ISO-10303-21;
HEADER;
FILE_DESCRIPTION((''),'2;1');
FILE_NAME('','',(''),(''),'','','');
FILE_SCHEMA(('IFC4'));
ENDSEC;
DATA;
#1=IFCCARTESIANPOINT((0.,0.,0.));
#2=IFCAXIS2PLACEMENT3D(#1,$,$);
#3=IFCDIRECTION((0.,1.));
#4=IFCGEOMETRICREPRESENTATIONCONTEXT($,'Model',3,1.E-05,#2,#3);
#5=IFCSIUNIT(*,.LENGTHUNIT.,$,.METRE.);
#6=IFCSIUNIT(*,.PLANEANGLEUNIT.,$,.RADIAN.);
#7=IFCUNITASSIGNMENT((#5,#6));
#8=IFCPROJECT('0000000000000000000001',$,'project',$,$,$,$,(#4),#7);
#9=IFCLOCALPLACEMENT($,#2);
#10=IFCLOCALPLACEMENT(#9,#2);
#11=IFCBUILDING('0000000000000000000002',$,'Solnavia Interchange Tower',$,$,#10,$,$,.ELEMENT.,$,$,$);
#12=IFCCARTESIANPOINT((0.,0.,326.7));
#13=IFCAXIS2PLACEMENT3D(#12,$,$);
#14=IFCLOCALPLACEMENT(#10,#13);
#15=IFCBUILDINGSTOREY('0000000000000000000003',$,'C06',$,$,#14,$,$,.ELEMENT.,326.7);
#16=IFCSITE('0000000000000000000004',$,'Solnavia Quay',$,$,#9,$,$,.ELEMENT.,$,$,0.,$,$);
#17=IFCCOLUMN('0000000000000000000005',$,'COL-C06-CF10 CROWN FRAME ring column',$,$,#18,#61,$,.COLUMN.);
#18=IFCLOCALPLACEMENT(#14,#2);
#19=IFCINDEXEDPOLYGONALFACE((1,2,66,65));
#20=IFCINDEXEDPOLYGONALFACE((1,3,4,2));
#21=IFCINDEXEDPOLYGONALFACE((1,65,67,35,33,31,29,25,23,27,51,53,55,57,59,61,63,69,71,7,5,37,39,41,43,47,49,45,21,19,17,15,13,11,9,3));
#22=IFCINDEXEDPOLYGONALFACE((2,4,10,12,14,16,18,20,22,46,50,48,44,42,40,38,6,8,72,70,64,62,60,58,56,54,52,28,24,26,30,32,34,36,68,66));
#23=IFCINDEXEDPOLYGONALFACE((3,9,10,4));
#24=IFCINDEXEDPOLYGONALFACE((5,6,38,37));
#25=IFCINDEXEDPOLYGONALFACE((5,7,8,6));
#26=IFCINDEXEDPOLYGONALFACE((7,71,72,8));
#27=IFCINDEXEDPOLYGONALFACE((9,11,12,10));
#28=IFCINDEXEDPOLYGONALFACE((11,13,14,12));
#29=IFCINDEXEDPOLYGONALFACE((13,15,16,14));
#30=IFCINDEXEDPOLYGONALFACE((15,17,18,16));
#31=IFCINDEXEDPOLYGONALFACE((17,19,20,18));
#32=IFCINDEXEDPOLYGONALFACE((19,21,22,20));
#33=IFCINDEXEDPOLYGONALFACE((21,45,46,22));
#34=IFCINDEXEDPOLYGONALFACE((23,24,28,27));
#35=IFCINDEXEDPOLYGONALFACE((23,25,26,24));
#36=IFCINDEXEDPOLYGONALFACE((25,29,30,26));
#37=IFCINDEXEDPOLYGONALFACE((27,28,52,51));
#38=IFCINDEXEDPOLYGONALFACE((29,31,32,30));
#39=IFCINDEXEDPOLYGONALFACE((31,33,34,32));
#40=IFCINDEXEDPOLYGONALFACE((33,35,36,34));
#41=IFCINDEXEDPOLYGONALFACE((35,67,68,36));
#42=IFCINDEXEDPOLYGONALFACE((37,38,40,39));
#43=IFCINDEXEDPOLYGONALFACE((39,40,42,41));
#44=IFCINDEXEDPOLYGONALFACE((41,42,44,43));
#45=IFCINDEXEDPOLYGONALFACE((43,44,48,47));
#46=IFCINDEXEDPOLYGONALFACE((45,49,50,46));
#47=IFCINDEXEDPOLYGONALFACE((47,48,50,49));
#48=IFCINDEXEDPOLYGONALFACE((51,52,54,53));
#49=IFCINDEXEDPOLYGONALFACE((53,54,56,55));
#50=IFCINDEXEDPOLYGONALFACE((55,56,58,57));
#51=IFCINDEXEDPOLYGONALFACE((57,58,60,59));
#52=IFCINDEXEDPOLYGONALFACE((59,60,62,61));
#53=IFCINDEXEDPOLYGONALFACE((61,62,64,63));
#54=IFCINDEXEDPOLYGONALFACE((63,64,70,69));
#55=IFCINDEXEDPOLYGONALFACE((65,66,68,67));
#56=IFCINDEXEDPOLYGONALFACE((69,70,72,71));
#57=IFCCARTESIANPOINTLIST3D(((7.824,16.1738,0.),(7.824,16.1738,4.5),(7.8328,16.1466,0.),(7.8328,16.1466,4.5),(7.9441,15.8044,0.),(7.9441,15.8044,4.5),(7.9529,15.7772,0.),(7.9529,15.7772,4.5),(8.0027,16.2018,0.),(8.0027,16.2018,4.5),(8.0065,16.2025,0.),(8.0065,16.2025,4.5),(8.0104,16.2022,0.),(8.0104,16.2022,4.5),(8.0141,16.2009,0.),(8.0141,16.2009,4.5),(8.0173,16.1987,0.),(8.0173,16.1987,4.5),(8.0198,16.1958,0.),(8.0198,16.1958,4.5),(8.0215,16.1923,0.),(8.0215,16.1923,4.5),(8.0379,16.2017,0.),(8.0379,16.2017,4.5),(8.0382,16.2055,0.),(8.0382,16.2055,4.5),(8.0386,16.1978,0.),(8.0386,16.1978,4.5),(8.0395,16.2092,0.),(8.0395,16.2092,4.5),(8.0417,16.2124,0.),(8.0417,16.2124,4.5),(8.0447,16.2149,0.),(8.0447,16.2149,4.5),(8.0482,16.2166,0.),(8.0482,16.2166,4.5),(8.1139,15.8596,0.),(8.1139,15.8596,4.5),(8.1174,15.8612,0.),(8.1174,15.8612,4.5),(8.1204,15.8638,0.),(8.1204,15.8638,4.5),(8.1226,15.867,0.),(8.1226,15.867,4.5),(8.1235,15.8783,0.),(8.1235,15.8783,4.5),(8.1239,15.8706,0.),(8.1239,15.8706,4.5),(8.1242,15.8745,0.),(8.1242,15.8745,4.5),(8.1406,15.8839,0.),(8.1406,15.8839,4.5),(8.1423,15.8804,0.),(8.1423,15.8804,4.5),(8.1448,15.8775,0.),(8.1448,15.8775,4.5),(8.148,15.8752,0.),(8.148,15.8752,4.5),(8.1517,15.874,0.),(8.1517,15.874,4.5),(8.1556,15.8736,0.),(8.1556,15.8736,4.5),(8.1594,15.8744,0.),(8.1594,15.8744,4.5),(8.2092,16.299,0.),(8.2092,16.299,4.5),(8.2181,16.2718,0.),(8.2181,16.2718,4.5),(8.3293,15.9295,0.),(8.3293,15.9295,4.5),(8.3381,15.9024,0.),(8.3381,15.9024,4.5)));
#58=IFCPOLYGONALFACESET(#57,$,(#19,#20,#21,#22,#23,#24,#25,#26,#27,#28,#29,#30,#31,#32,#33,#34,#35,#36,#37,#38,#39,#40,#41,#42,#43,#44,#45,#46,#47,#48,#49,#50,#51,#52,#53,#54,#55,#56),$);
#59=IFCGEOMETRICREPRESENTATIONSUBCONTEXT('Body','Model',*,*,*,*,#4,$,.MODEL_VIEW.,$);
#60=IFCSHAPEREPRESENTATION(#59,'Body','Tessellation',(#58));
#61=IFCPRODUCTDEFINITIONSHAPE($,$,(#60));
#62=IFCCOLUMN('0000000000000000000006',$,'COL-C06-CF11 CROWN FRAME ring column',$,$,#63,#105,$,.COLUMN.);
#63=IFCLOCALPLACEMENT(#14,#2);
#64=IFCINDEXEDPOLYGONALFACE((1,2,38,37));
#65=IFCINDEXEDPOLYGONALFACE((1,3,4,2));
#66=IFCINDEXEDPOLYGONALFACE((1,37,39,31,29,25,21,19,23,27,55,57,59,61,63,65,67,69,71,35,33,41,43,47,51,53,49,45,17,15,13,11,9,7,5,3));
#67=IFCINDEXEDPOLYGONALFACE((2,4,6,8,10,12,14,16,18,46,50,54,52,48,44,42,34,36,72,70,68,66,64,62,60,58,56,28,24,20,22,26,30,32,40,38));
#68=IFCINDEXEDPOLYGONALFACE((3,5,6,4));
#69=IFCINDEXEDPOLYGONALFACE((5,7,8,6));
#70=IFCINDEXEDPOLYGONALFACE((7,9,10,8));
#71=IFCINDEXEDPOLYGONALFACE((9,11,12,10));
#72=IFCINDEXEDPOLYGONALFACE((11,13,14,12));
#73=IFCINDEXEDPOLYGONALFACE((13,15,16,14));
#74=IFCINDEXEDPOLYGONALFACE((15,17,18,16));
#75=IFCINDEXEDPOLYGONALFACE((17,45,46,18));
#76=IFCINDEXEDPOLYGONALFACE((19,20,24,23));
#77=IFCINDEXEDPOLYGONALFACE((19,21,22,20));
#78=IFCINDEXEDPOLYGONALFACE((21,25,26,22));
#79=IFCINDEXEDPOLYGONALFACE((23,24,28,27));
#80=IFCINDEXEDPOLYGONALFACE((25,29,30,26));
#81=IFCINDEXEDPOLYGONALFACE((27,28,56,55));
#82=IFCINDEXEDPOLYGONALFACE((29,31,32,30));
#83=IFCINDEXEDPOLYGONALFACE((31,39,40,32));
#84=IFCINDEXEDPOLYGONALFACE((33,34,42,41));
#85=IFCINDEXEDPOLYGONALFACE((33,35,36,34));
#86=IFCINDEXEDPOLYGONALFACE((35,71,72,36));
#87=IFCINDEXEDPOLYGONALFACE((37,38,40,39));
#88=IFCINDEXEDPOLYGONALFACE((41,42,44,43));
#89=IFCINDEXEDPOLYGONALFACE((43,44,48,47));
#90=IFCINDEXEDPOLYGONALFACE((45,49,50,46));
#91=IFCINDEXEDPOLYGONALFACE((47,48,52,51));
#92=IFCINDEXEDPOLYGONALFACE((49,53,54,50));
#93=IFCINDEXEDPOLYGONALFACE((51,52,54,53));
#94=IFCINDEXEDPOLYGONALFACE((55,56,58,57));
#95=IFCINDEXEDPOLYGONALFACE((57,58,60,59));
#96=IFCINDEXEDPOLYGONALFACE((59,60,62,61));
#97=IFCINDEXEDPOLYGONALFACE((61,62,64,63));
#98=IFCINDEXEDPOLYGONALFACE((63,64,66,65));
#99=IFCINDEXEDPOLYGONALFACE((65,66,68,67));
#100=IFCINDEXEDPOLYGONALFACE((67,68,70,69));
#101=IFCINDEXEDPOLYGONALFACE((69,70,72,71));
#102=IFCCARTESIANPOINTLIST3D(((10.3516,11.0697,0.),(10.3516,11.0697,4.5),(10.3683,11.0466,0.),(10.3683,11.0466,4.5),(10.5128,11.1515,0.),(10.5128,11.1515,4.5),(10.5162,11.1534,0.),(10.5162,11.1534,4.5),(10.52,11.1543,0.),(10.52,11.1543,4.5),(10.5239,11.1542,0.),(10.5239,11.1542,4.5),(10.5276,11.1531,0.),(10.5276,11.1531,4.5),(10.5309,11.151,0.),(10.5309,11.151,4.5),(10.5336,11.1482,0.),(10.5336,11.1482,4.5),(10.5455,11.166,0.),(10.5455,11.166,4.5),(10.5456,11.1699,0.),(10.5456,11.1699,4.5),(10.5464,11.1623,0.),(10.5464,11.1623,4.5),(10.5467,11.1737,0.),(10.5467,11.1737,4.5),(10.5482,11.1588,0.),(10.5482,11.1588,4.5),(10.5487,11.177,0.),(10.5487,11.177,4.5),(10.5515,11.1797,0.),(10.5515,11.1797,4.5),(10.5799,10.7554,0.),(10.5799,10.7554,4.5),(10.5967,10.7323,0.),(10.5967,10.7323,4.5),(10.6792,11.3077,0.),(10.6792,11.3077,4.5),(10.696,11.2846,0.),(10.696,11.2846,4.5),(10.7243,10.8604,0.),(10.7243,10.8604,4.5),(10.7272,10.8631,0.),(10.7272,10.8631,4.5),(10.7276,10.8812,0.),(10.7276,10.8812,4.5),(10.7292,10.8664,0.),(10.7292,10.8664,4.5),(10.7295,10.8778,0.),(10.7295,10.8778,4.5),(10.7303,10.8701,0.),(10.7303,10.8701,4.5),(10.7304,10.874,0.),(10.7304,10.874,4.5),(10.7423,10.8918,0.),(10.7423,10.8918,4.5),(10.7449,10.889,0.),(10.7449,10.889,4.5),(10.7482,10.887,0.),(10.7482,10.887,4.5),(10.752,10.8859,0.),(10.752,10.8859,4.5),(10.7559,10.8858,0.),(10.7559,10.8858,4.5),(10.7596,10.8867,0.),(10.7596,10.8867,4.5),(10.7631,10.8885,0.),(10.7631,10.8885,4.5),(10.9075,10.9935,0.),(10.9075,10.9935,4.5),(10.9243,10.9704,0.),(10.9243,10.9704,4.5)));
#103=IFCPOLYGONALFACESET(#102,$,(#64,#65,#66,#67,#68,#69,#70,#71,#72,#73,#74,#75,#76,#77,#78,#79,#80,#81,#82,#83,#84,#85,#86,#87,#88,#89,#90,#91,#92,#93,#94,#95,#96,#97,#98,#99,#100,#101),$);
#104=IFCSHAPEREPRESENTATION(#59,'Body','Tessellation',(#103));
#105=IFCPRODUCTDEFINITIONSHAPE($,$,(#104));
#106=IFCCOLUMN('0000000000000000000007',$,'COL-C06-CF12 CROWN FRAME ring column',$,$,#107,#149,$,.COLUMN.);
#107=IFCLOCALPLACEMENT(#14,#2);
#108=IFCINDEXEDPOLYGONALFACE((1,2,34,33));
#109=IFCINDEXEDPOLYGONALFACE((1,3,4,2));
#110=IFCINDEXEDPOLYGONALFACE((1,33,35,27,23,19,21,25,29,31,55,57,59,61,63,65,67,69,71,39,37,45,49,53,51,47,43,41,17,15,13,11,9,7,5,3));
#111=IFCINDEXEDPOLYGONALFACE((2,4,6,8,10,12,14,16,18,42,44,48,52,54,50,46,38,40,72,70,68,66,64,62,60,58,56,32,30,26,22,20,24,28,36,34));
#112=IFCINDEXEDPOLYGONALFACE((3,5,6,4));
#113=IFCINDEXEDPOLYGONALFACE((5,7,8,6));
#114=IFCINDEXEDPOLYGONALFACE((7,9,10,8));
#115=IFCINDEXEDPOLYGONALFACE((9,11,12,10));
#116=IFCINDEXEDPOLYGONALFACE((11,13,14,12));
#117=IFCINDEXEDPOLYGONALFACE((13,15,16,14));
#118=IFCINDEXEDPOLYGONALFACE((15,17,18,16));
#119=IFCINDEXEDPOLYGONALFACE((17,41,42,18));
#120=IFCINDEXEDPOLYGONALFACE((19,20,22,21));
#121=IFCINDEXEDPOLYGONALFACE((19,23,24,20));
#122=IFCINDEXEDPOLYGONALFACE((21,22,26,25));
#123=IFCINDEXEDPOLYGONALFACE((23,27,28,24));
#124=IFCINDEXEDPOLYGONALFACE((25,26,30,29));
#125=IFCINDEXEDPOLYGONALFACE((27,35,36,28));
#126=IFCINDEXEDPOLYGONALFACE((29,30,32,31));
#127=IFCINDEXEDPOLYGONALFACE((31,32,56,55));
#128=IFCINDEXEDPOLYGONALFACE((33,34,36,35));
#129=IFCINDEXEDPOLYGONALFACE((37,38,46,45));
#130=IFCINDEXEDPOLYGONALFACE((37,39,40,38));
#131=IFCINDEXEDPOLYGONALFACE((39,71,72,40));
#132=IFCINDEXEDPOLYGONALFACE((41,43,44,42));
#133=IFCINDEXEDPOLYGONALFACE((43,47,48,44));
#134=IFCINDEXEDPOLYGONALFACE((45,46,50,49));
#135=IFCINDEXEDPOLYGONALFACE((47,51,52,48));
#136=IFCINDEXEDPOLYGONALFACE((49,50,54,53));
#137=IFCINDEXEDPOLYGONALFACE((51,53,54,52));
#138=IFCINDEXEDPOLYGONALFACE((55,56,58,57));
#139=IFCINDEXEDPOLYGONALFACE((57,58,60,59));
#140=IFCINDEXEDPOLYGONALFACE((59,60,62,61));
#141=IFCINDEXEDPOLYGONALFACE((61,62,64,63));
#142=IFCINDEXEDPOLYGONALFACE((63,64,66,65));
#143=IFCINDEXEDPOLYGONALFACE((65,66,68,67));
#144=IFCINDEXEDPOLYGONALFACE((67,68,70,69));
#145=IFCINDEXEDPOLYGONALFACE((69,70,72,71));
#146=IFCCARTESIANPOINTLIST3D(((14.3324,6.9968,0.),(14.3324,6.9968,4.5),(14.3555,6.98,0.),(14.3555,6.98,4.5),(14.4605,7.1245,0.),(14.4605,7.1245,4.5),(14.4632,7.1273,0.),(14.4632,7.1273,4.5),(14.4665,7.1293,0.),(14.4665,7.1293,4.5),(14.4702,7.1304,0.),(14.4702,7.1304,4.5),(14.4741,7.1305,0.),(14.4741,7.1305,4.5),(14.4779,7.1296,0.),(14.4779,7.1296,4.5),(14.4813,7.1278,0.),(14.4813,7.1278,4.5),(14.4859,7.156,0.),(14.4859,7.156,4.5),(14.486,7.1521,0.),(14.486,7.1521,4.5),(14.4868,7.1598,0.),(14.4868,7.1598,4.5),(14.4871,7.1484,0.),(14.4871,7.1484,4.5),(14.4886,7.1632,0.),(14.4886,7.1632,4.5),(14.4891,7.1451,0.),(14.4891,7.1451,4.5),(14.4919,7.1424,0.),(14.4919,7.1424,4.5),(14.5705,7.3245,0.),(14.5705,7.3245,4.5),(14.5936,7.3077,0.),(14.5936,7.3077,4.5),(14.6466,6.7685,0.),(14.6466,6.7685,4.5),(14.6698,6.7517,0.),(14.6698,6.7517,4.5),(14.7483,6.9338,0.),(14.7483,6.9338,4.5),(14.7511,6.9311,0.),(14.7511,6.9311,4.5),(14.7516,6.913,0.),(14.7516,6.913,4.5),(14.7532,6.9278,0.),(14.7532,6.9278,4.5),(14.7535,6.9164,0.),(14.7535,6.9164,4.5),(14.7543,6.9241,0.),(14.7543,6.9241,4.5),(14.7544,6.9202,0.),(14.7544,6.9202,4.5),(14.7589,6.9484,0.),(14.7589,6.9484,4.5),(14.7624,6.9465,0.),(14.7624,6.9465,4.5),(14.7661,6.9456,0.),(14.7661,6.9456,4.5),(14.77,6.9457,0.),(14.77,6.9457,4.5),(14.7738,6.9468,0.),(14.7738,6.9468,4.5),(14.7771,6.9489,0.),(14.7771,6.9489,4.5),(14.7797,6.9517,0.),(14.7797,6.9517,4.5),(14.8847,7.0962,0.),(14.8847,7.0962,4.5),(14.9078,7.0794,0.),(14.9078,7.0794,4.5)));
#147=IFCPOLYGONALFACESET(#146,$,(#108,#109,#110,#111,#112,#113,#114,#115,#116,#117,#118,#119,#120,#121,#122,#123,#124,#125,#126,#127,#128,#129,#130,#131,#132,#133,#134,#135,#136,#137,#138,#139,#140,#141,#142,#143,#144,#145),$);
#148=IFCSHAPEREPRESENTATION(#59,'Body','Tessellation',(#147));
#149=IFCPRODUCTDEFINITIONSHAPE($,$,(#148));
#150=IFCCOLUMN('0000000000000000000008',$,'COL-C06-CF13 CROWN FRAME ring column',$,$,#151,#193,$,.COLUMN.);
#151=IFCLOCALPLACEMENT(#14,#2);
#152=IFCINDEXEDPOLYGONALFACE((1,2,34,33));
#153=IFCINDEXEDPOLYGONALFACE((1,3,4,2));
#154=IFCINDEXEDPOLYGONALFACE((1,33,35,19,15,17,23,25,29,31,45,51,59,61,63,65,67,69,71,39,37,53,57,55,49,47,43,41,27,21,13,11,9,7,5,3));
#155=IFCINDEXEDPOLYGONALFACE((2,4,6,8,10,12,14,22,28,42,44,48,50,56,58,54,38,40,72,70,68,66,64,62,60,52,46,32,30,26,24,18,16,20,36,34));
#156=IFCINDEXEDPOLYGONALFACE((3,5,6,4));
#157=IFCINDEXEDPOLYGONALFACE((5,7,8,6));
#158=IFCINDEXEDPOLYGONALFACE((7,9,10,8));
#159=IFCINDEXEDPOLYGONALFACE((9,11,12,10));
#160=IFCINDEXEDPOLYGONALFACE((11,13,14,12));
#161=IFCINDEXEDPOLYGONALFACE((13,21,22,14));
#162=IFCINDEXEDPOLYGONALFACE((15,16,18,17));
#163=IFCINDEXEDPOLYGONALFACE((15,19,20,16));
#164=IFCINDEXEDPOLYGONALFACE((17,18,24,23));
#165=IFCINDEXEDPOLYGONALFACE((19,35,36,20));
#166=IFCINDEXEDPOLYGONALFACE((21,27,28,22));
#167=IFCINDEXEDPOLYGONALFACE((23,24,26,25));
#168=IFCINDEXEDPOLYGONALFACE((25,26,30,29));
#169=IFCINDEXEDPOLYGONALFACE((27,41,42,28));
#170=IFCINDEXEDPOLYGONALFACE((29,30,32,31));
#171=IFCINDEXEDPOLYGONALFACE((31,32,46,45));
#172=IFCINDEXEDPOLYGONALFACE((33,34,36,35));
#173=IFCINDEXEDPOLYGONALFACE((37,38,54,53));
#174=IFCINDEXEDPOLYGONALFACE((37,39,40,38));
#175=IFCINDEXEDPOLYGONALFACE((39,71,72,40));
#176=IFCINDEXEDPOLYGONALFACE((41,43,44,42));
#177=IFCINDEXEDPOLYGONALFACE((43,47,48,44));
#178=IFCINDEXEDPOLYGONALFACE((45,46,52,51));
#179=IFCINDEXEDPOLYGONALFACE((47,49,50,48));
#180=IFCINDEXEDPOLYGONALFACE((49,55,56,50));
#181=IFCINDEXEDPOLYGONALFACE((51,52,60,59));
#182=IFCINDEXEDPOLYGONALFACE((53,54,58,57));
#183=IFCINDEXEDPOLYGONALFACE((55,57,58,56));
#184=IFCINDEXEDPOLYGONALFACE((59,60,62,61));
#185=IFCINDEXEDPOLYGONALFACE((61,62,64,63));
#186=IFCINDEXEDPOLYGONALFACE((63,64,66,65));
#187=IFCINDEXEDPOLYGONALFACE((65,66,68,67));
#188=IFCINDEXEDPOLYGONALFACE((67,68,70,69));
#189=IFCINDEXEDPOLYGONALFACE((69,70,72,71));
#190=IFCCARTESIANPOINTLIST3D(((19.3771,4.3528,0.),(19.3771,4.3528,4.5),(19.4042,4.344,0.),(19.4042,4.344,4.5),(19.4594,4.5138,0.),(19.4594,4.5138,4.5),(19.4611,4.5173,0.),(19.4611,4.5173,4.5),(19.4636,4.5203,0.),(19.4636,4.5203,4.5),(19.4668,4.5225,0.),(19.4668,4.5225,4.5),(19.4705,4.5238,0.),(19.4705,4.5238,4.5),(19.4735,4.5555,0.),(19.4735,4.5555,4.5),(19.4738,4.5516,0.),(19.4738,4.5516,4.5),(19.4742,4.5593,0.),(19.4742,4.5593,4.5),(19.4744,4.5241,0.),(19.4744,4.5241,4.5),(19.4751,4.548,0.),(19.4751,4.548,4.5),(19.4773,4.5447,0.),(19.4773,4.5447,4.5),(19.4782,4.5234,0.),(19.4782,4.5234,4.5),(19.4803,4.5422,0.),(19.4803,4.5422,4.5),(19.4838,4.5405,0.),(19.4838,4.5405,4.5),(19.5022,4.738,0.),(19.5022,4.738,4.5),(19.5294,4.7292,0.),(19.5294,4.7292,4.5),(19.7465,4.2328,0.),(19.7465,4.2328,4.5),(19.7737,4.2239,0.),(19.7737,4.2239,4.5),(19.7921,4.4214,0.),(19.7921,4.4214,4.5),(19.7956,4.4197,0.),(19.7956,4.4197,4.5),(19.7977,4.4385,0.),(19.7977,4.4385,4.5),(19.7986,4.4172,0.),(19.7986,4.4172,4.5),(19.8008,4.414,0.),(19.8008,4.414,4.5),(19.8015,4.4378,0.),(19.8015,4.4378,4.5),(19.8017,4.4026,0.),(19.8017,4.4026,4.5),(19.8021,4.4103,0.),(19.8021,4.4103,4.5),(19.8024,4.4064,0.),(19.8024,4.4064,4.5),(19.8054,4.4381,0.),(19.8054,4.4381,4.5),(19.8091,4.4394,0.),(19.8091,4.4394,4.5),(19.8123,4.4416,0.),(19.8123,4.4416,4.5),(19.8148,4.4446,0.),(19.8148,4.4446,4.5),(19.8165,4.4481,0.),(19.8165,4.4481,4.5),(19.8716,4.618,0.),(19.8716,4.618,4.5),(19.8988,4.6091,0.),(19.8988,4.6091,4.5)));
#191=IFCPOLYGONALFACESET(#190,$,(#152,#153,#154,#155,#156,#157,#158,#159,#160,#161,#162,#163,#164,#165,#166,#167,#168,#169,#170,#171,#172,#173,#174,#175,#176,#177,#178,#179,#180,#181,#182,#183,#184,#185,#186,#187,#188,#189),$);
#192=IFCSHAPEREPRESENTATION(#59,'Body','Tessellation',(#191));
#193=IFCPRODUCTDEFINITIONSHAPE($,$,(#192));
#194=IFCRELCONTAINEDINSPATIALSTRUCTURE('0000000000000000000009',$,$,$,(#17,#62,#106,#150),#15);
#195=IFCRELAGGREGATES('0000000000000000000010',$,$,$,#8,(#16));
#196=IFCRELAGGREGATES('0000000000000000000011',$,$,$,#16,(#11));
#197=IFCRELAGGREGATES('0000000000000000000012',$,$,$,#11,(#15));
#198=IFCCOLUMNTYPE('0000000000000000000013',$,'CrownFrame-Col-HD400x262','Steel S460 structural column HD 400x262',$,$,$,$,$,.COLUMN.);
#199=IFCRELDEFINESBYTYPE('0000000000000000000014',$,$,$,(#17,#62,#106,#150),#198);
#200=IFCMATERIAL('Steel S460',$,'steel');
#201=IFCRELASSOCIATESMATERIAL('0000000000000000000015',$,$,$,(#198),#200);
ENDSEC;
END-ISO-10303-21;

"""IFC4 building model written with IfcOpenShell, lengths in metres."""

from ifc_helpers import new_model, si_unit, direction, frame, origin, origin_2d, place, context, subcontext, project, spatial, i_section, extrude, material, material_profile, profile_set, type_object, element, save


model = new_model("IFC4")

# Units and contexts
model_context = context("Model", 3, precision=1e-05, world=origin(), true_north=direction((0.0, 1.0)))
body_context = subcontext(model_context, "Body", "Model", "MODEL_VIEW")
ifc_project = project(units=[si_unit("LENGTHUNIT", "METRE"), si_unit("PLANEANGLEUNIT", "RADIAN")], contexts=[model_context])

# Site, building, storey
site_placement = place(None, origin())
site = spatial("IfcSite", under=ifc_project, at=site_placement, Name="Solnavia Quay", CompositionType="ELEMENT", RefElevation=0.0)
building_placement = place(site_placement, origin())
building = spatial("IfcBuilding", under=site, at=building_placement, Name="Solnavia Interchange Tower", CompositionType="ELEMENT")
storey_placement = place(building_placement, frame((0.0, 0.0, 326.7)))
storey = spatial("IfcBuildingStorey", under=building, at=storey_placement, Name="C06", CompositionType="ELEMENT", Elevation=326.7)

# Columns
ifc_material_1 = material(Name="Steel S460", Category="steel")
ifc_material_profile_1 = material_profile(ifc_material_1, i_section(OverallWidth=0.405, OverallDepth=0.417, WebThickness=0.0181, FlangeThickness=0.0286, FilletRadius=0.0149, at=origin_2d()), Name="HD 400x262")
ifc_profile_set_1 = profile_set([ifc_material_profile_1], Name="Steel S460")
column_type = type_object("IfcColumnType", Name="CrownFrame-Col-HD400x262", Description="Steel S460 structural column HD 400x262", PredefinedType="COLUMN", material=ifc_profile_set_1)
for number, where, z_axis, x_axis, name in (
    (1, (8.0811, 16.0381, 0.0), (0.0, 0.0, 1.0), (-0.951057, -0.309017, 0.0), "COL-C06-CF10 CROWN FRAME ring column"),
    (2, (10.6379, 11.02, 0.0), (0.0, 0.0, 1.0), (-0.809017, -0.587785, 0.0), "COL-C06-CF11 CROWN FRAME ring column"),
    (3, (14.6201, 7.0381, 0.0), (0.0, 0.0, 1.0), (-0.587785, -0.809017, 0.0), "COL-C06-CF12 CROWN FRAME ring column"),
    (4, (19.6379, 4.481, 0.0), (0.0, 0.0, 1.0), (-0.309017, -0.951057, 0.0), "COL-C06-CF13 CROWN FRAME ring column"),
):
    element("IfcColumn", number, at=place(storey_placement, frame(where, z_axis=z_axis, x_axis=x_axis)), inside=storey, type_object=column_type, Name=name, PredefinedType="COLUMN", context=body_context, shape_type="SweptSolid", body=[
        extrude(i_section(OverallWidth=0.405, OverallDepth=0.417, WebThickness=0.0181, FlangeThickness=0.0286, FilletRadius=0.0149, at=origin_2d()), origin(), (0.0, 0.0, 1.0), 4.5),
    ])

save(model, "model.ifc")
